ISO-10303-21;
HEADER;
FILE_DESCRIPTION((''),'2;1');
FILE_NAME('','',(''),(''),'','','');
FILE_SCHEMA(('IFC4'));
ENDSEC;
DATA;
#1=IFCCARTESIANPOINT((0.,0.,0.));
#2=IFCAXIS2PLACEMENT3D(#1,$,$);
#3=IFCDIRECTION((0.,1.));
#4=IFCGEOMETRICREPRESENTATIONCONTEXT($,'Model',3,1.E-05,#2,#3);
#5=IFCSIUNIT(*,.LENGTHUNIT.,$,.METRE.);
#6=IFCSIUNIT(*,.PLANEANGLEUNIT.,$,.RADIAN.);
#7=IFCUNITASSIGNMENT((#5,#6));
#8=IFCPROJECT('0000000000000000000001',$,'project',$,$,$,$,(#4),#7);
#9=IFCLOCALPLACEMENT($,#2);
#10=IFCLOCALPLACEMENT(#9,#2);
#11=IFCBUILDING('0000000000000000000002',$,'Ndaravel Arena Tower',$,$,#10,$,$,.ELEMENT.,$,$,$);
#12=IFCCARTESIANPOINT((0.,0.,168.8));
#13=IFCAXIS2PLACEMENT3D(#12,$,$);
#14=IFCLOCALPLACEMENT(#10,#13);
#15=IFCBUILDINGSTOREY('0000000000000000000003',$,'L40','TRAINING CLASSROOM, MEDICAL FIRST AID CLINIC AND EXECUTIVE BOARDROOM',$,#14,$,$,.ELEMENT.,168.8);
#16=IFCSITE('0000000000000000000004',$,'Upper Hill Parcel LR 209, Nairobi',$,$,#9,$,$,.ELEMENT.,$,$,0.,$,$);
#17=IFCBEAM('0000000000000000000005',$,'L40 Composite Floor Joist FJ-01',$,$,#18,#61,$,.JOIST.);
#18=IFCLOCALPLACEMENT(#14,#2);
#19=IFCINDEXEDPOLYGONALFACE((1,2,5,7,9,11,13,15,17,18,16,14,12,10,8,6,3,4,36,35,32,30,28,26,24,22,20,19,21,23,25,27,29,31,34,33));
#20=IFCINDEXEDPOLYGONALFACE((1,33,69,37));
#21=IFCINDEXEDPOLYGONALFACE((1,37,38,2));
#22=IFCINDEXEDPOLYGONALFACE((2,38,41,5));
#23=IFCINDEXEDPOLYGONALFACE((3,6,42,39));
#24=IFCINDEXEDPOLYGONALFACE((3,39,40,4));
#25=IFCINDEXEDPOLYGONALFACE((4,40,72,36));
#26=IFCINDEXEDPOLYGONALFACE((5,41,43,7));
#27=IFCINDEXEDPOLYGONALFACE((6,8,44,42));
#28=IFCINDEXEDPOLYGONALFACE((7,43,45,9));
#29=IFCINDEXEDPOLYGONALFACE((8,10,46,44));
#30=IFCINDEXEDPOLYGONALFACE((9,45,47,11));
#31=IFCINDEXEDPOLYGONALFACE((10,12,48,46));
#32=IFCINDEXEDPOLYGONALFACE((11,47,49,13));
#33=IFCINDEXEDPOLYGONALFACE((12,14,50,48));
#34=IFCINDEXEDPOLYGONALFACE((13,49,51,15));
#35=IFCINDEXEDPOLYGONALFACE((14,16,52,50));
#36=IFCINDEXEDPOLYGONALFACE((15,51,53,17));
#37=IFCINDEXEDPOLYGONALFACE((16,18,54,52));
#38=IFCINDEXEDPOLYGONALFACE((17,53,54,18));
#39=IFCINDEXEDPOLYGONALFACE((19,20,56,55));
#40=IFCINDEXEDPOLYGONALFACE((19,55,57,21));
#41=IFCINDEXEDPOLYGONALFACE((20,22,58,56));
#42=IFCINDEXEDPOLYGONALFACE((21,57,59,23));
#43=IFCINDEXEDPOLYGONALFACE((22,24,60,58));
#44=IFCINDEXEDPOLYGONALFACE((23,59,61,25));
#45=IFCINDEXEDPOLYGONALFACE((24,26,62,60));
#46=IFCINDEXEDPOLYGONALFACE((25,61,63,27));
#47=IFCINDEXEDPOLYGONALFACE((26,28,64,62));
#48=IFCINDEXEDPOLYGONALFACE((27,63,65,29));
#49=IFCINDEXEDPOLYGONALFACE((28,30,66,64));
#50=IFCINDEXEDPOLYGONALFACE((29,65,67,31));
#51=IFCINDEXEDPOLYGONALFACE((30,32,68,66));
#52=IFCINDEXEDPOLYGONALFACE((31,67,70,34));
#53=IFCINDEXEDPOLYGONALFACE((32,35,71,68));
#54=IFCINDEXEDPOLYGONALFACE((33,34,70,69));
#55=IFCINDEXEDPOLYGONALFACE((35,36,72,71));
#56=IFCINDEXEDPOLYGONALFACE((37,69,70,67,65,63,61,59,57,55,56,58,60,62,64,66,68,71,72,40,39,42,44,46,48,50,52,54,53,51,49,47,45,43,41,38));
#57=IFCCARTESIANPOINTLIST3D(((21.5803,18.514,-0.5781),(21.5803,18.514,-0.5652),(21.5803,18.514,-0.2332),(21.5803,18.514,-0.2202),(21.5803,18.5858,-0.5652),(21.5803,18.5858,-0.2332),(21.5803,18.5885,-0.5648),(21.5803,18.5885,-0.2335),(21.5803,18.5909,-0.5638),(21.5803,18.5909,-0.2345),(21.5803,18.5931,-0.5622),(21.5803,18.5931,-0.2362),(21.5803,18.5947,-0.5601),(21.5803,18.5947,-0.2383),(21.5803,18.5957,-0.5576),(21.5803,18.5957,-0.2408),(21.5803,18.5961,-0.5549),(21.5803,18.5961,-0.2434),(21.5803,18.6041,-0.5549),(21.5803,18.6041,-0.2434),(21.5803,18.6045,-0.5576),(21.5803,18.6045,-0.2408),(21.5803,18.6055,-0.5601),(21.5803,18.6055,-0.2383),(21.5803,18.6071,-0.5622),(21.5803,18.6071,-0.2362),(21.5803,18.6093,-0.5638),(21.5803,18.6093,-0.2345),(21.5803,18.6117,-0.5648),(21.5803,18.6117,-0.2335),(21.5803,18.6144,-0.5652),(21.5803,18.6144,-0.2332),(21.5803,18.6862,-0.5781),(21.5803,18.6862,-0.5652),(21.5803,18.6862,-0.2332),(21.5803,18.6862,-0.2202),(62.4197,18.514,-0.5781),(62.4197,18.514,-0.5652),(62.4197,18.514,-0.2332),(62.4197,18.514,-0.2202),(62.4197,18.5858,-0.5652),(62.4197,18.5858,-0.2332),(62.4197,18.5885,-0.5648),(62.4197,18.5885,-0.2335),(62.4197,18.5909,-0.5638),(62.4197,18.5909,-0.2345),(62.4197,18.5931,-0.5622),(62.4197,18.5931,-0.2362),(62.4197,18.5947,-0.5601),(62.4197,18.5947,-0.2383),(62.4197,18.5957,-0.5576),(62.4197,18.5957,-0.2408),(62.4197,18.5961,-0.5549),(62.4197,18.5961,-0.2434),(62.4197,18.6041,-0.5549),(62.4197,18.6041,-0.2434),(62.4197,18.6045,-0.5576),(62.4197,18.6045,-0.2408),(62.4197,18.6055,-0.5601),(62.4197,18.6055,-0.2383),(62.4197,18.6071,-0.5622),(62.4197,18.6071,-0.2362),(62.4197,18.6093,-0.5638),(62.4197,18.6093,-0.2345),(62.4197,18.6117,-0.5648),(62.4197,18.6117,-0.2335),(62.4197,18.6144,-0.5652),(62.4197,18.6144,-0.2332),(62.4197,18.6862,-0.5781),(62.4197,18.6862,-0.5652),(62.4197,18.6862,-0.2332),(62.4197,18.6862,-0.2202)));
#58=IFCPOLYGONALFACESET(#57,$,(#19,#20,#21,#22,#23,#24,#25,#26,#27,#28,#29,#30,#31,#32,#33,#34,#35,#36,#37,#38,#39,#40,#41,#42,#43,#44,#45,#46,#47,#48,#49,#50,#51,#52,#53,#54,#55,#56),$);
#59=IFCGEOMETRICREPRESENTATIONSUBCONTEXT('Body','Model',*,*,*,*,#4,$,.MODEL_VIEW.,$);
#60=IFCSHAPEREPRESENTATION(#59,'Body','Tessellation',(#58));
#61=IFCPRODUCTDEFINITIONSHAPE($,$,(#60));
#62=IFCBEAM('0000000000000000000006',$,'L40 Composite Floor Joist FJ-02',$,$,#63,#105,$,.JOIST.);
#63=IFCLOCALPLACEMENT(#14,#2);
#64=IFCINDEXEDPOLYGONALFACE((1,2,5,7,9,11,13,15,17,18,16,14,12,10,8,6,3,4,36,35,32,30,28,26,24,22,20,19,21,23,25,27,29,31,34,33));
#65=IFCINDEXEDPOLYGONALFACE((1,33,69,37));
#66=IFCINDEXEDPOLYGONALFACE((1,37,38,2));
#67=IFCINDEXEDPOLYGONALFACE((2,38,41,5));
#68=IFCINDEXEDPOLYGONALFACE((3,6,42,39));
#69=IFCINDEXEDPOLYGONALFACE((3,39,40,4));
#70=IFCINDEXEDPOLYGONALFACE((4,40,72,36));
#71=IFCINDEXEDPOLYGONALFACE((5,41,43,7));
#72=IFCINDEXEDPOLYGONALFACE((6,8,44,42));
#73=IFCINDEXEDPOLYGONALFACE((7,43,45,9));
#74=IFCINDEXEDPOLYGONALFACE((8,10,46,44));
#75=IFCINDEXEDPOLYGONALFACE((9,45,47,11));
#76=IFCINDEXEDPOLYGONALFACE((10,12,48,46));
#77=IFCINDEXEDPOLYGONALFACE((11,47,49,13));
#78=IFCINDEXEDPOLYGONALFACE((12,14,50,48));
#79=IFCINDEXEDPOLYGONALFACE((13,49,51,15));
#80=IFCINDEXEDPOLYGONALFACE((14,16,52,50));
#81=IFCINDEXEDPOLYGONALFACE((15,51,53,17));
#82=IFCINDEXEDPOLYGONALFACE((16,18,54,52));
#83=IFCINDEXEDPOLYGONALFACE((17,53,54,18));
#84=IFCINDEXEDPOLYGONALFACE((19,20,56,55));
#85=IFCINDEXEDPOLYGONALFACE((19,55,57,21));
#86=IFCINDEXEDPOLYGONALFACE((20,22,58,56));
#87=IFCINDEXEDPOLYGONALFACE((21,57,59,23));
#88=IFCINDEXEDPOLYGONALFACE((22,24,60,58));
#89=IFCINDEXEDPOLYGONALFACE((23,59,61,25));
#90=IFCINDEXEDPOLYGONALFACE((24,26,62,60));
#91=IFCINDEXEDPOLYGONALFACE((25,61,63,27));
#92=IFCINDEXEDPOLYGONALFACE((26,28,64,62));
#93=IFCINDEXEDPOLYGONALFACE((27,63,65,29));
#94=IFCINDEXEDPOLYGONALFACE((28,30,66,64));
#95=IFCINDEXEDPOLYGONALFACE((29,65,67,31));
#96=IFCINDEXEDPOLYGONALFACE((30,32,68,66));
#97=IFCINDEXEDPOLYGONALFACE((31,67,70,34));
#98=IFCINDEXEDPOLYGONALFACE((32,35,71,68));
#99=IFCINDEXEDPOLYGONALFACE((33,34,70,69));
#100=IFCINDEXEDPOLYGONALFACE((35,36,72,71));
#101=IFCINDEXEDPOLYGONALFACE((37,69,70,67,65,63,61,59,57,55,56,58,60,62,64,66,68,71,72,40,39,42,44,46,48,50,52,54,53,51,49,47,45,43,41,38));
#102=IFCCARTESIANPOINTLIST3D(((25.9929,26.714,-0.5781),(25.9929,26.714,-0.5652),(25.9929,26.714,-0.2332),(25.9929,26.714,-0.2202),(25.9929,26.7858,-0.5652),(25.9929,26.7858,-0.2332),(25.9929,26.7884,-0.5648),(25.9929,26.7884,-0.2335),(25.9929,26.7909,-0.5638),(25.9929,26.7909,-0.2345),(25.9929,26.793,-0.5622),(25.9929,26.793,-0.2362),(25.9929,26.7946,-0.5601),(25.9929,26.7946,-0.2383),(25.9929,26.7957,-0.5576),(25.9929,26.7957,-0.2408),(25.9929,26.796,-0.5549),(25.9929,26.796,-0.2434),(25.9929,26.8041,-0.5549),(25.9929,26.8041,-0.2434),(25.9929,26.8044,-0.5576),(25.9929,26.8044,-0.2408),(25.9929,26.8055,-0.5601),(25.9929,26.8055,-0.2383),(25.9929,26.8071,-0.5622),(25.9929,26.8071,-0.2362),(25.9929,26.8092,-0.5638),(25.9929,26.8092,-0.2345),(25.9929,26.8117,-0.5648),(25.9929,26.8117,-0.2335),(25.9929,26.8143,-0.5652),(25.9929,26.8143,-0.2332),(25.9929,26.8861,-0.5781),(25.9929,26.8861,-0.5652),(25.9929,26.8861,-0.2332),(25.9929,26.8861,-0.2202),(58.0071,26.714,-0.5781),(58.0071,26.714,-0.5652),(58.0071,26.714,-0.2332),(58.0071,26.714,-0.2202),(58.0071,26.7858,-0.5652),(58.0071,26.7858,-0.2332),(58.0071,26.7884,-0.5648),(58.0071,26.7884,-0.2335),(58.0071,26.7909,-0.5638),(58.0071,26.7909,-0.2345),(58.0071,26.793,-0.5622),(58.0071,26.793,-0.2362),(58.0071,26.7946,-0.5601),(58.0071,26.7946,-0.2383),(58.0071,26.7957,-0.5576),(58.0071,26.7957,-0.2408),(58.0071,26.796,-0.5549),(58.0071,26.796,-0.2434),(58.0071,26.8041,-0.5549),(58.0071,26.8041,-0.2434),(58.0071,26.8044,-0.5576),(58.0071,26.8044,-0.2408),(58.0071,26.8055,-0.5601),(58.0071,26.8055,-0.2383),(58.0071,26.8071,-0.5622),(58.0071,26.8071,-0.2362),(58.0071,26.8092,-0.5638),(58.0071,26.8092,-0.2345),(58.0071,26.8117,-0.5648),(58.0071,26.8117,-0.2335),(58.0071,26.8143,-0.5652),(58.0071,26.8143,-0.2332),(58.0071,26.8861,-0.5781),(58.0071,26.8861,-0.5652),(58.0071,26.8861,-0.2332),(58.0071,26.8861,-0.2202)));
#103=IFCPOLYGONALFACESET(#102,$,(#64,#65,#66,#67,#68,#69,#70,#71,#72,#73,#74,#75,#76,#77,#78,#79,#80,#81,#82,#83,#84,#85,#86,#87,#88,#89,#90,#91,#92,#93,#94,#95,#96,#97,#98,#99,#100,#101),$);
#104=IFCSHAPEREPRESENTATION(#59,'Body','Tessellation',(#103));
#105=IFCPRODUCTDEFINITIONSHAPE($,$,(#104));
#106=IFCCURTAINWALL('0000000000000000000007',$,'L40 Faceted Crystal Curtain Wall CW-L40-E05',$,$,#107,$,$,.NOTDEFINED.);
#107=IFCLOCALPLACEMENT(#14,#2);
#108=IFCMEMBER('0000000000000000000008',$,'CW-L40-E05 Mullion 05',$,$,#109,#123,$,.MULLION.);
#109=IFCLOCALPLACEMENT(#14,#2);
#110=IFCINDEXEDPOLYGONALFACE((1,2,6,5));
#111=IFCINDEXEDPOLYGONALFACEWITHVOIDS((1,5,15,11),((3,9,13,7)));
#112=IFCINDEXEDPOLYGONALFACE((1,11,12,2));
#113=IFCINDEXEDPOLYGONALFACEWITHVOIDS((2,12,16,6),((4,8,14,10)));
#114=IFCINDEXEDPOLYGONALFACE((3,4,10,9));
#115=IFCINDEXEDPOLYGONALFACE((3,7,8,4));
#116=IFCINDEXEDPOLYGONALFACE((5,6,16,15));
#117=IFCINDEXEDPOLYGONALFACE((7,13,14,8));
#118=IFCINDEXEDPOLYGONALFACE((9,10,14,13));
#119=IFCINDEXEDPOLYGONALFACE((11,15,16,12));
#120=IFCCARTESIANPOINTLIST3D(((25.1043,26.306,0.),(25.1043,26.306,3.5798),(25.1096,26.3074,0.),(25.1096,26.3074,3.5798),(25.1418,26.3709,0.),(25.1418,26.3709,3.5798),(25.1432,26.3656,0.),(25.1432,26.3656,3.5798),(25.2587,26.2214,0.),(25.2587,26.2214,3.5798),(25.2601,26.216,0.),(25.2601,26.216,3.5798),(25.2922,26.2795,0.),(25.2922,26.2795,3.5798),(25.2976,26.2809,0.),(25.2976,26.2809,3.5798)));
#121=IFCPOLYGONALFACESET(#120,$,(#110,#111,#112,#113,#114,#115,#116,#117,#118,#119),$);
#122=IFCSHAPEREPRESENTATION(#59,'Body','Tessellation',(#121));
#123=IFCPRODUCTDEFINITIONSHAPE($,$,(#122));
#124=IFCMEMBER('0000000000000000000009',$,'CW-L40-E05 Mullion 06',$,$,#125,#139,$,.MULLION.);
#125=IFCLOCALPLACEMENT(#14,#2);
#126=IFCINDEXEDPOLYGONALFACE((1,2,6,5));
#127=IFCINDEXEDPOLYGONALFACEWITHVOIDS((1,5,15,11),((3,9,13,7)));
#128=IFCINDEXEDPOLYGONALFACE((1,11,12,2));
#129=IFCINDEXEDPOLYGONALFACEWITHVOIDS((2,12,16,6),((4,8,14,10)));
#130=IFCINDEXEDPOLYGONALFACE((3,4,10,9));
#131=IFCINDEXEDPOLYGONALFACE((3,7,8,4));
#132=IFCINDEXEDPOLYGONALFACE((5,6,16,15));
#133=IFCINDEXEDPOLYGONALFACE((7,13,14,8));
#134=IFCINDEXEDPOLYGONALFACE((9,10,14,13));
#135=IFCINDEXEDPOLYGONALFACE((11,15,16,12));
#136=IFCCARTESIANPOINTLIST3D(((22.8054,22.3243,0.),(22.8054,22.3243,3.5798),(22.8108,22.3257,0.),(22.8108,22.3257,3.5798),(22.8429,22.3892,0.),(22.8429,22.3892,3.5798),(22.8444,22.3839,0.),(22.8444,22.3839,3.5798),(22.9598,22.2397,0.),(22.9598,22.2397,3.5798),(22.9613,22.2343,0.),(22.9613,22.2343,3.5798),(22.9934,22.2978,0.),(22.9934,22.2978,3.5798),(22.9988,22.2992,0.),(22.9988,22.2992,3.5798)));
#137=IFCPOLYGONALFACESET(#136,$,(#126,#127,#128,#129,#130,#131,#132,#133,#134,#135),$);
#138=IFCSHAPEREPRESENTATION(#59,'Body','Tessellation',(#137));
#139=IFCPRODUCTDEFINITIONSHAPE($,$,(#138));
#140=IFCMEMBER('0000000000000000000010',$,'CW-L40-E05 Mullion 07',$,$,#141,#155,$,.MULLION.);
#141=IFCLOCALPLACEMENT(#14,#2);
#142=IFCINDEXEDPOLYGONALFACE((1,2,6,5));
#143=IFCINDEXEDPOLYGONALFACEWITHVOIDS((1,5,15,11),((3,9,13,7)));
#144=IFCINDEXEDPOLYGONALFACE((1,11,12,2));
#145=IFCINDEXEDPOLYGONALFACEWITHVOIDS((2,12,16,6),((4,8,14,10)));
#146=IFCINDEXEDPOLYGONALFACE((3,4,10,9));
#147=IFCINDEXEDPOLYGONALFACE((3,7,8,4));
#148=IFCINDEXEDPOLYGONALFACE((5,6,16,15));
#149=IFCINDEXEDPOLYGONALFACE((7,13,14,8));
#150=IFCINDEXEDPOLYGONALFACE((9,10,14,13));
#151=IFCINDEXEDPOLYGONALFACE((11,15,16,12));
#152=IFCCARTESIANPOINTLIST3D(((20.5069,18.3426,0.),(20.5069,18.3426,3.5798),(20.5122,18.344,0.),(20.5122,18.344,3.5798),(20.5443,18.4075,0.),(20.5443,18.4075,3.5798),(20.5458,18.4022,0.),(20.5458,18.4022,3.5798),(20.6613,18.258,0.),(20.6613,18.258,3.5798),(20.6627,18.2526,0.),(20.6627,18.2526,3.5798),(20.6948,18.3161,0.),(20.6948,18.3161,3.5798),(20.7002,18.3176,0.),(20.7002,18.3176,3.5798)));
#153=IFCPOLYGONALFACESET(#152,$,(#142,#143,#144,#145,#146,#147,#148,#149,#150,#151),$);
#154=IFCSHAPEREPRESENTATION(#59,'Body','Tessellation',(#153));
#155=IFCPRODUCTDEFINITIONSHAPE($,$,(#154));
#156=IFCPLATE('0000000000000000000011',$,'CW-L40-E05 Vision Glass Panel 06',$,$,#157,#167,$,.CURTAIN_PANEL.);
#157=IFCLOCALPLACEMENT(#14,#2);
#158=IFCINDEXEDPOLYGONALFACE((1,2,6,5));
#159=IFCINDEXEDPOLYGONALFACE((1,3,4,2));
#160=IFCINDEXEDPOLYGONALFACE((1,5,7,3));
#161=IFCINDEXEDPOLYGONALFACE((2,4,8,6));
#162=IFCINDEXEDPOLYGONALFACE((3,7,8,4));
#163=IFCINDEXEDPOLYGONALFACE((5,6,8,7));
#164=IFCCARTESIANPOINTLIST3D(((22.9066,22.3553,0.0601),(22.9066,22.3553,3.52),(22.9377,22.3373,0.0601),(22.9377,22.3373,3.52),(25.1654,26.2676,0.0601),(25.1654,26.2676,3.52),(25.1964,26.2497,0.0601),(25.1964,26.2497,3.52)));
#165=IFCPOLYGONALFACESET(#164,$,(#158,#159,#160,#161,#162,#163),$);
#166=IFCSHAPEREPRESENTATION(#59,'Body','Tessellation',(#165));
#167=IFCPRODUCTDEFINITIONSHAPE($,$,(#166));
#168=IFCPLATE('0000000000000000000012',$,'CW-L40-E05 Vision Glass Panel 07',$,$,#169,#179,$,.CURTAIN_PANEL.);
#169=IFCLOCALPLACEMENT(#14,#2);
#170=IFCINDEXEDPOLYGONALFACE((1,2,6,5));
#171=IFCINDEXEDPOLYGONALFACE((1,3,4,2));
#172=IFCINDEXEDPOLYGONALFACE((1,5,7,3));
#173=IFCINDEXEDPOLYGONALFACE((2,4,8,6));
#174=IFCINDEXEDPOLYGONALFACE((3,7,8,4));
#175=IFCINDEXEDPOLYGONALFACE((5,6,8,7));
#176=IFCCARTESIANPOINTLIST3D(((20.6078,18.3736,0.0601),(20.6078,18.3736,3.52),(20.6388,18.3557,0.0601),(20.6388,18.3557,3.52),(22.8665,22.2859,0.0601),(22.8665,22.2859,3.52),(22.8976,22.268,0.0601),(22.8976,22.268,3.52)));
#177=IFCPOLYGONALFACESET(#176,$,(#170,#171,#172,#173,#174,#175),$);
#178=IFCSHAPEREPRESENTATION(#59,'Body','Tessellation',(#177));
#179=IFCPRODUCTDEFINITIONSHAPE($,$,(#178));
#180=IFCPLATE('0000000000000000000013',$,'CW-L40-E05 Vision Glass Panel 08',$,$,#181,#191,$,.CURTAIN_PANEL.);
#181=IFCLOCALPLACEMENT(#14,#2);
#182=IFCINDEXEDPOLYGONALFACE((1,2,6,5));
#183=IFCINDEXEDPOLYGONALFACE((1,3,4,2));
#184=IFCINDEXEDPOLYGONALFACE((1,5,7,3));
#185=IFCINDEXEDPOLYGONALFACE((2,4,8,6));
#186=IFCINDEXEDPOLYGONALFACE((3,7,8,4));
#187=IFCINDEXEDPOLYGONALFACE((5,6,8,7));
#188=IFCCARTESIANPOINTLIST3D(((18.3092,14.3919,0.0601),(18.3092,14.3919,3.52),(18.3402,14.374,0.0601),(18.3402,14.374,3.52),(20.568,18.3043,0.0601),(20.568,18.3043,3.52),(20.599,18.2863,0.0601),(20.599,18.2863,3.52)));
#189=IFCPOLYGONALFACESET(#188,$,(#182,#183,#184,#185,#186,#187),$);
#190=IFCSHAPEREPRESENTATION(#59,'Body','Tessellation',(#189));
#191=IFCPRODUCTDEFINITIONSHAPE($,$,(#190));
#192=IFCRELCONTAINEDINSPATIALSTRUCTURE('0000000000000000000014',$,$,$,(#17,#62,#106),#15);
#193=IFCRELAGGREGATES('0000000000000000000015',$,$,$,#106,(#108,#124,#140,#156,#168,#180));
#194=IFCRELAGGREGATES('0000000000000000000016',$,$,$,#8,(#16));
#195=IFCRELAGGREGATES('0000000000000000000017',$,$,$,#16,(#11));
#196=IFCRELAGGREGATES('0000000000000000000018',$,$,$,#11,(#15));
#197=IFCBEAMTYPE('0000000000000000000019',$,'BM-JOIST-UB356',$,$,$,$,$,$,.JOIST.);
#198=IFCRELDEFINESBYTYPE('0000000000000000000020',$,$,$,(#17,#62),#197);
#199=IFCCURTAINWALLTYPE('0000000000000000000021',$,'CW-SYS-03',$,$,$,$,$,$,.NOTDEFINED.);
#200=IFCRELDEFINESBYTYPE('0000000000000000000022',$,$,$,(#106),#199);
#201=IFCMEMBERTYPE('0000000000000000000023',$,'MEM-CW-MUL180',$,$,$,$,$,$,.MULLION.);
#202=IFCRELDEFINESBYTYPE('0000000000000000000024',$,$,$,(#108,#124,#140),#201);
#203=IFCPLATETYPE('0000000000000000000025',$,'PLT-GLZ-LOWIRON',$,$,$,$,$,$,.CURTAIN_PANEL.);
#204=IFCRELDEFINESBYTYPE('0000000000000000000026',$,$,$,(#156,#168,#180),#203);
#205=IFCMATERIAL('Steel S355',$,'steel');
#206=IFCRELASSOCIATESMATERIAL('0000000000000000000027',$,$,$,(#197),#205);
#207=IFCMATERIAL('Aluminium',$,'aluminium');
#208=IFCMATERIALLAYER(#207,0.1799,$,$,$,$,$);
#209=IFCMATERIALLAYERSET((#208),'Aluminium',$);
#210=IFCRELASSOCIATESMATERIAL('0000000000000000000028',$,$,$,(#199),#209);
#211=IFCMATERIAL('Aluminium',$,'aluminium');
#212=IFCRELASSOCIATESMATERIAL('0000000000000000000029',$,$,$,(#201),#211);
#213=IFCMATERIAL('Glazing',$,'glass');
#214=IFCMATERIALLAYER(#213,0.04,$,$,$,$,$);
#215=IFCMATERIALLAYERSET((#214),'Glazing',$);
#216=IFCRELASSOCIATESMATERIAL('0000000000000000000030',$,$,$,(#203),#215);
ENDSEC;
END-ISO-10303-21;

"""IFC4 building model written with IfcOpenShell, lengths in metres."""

from ifc_helpers import new_model, si_unit, direction, frame, origin, origin_2d, place, context, subcontext, project, spatial, rectangle, hollow_rectangle, i_section, extrude, material, layer, layer_set, material_profile, profile_set, type_object, element, aggregate, save


model = new_model("IFC4")

# Units and contexts
model_context = context("Model", 3, precision=1e-05, world=origin(), true_north=direction((0.0, 1.0)))
body_context = subcontext(model_context, "Body", "Model", "MODEL_VIEW")
ifc_project = project(units=[si_unit("LENGTHUNIT", "METRE"), si_unit("PLANEANGLEUNIT", "RADIAN")], contexts=[model_context])

# Site, building, storey
site_placement = place(None, origin())
site = spatial("IfcSite", under=ifc_project, at=site_placement, Name="Upper Hill Parcel LR 209, Nairobi", CompositionType="ELEMENT", RefElevation=0.0)
building_placement = place(site_placement, origin())
building = spatial("IfcBuilding", under=site, at=building_placement, Name="Ndaravel Arena Tower", CompositionType="ELEMENT")
storey_placement = place(building_placement, frame((0.0, 0.0, 168.8)))
storey = spatial("IfcBuildingStorey", under=building, at=storey_placement, Name="L40", Description="TRAINING CLASSROOM, MEDICAL FIRST AID CLINIC AND EXECUTIVE BOARDROOM", CompositionType="ELEMENT", Elevation=168.8)

# Beams
ifc_material_1 = material(Name="Steel S355", Category="steel")
ifc_material_profile_1 = material_profile(ifc_material_1, i_section(OverallWidth=0.1721, OverallDepth=0.3579, WebThickness=0.0081, FlangeThickness=0.0129, FilletRadius=0.0103, at=origin_2d()), Name="UB 356x171x57")
ifc_profile_set_1 = profile_set([ifc_material_profile_1], Name="Steel S355")
beam_type = type_object("IfcBeamType", Name="BM-JOIST-UB356", PredefinedType="JOIST", material=ifc_profile_set_1)
beam_1_placement = place(storey_placement, frame((21.5803, 18.6001, -0.3992), z_axis=(1.0, 0.0, 0.0), x_axis=(0.0, 1.0, 0.0)))
element("IfcBeam", 1, at=beam_1_placement, inside=storey, type_object=beam_type, Name="L40 Composite Floor Joist FJ-01", PredefinedType="JOIST", context=body_context, shape_type="SweptSolid", body=[
    extrude(i_section(OverallWidth=0.1721, OverallDepth=0.3579, WebThickness=0.0081, FlangeThickness=0.0129, FilletRadius=0.0103, at=origin_2d()), origin(), (0.0, 0.0, 1.0), 40.8394),
])
beam_2_placement = place(storey_placement, frame((25.9929, 26.8, -0.3992), z_axis=(1.0, 0.0, 0.0), x_axis=(0.0, 1.0, 0.0)))
element("IfcBeam", 2, at=beam_2_placement, inside=storey, type_object=beam_type, Name="L40 Composite Floor Joist FJ-02", PredefinedType="JOIST", context=body_context, shape_type="SweptSolid", body=[
    extrude(i_section(OverallWidth=0.1721, OverallDepth=0.3579, WebThickness=0.0081, FlangeThickness=0.0129, FilletRadius=0.0103, at=origin_2d()), origin(), (0.0, 0.0, 1.0), 32.0142),
])

# Curtain wall, members, plates
ifc_material_2 = material(Name="Aluminium", Category="aluminium")
ifc_layer_1 = layer(ifc_material_2, 0.1799)
ifc_layer_set_1 = layer_set([ifc_layer_1], Name="Aluminium")
curtain_wall_type = type_object("IfcCurtainWallType", Name="CW-SYS-03", PredefinedType="NOTDEFINED", material=ifc_layer_set_1)
curtain_wall_placement = place(storey_placement, origin())
curtain_wall = element("IfcCurtainWall", 3, at=curtain_wall_placement, inside=storey, type_object=curtain_wall_type, Name="L40 Faceted Crystal Curtain Wall CW-L40-E05", PredefinedType="NOTDEFINED")
ifc_material_3 = material(Name="Aluminium", Category="aluminium")
ifc_material_profile_2 = material_profile(ifc_material_3, hollow_rectangle(XDim=0.075, YDim=0.1799, WallThickness=0.0039, at=origin_2d()), Name="CW MULLION 75x180x4")
ifc_profile_set_2 = profile_set([ifc_material_profile_2], Name="Aluminium")
member_type = type_object("IfcMemberType", Name="MEM-CW-MUL180", PredefinedType="MULLION", material=ifc_profile_set_2)
member_1_placement = place(storey_placement, frame((25.2009, 26.2935, 0.0), z_axis=(0.0, 0.0, 1.0), x_axis=(-0.5, -0.866025, 0.0)))
member_1 = element("IfcMember", 4, at=member_1_placement, type_object=member_type, Name="CW-L40-E05 Mullion 05", PredefinedType="MULLION", context=body_context, shape_type="SweptSolid", body=[
    extrude(hollow_rectangle(XDim=0.075, YDim=0.1799, WallThickness=0.0039, at=origin_2d()), origin(), (0.0, 0.0, 1.0), 3.5798),
])
member_2_placement = place(storey_placement, frame((22.9021, 22.3118, 0.0), z_axis=(0.0, 0.0, 1.0), x_axis=(-0.5, -0.866025, 0.0)))
member_2 = element("IfcMember", 5, at=member_2_placement, type_object=member_type, Name="CW-L40-E05 Mullion 06", PredefinedType="MULLION", context=body_context, shape_type="SweptSolid", body=[
    extrude(hollow_rectangle(XDim=0.075, YDim=0.1799, WallThickness=0.0039, at=origin_2d()), origin(), (0.0, 0.0, 1.0), 3.5798),
])
member_3_placement = place(storey_placement, frame((20.6035, 18.3301, 0.0), z_axis=(0.0, 0.0, 1.0), x_axis=(-0.5, -0.866025, 0.0)))
member_3 = element("IfcMember", 6, at=member_3_placement, type_object=member_type, Name="CW-L40-E05 Mullion 07", PredefinedType="MULLION", context=body_context, shape_type="SweptSolid", body=[
    extrude(hollow_rectangle(XDim=0.075, YDim=0.1799, WallThickness=0.0039, at=origin_2d()), origin(), (0.0, 0.0, 1.0), 3.5798),
])
ifc_material_4 = material(Name="Glazing", Category="glass")
ifc_layer_2 = layer(ifc_material_4, 0.04)
ifc_layer_set_2 = layer_set([ifc_layer_2], Name="Glazing")
plate_type = type_object("IfcPlateType", Name="PLT-GLZ-LOWIRON", PredefinedType="CURTAIN_PANEL", material=ifc_layer_set_2)
plate_1_placement = place(storey_placement, frame((24.0515, 24.3025, 0.0601), z_axis=(0.0, 0.0, 1.0), x_axis=(-0.5, -0.866025, 0.0)))
plate_1 = element("IfcPlate", 7, at=plate_1_placement, type_object=plate_type, Name="CW-L40-E05 Vision Glass Panel 06", PredefinedType="CURTAIN_PANEL", context=body_context, shape_type="SweptSolid", body=[
    extrude(rectangle(XDim=4.5176, YDim=0.0359, at=origin_2d()), origin(), (0.0, 0.0, 1.0), 3.46),
])
plate_2_placement = place(storey_placement, frame((21.7527, 20.3208, 0.0601), z_axis=(0.0, 0.0, 1.0), x_axis=(-0.5, -0.866025, 0.0)))
plate_2 = element("IfcPlate", 8, at=plate_2_placement, type_object=plate_type, Name="CW-L40-E05 Vision Glass Panel 07", PredefinedType="CURTAIN_PANEL", context=body_context, shape_type="SweptSolid", body=[
    extrude(rectangle(XDim=4.5176, YDim=0.0359, at=origin_2d()), origin(), (0.0, 0.0, 1.0), 3.46),
])
plate_3_placement = place(storey_placement, frame((19.4541, 16.3391, 0.0601), z_axis=(0.0, 0.0, 1.0), x_axis=(-0.5, -0.866025, 0.0)))
plate_3 = element("IfcPlate", 9, at=plate_3_placement, type_object=plate_type, Name="CW-L40-E05 Vision Glass Panel 08", PredefinedType="CURTAIN_PANEL", context=body_context, shape_type="SweptSolid", body=[
    extrude(rectangle(XDim=4.5176, YDim=0.0359, at=origin_2d()), origin(), (0.0, 0.0, 1.0), 3.46),
])
aggregate(curtain_wall, [member_1, member_2, member_3, plate_1, plate_2, plate_3])

save(model, "model.ifc")
